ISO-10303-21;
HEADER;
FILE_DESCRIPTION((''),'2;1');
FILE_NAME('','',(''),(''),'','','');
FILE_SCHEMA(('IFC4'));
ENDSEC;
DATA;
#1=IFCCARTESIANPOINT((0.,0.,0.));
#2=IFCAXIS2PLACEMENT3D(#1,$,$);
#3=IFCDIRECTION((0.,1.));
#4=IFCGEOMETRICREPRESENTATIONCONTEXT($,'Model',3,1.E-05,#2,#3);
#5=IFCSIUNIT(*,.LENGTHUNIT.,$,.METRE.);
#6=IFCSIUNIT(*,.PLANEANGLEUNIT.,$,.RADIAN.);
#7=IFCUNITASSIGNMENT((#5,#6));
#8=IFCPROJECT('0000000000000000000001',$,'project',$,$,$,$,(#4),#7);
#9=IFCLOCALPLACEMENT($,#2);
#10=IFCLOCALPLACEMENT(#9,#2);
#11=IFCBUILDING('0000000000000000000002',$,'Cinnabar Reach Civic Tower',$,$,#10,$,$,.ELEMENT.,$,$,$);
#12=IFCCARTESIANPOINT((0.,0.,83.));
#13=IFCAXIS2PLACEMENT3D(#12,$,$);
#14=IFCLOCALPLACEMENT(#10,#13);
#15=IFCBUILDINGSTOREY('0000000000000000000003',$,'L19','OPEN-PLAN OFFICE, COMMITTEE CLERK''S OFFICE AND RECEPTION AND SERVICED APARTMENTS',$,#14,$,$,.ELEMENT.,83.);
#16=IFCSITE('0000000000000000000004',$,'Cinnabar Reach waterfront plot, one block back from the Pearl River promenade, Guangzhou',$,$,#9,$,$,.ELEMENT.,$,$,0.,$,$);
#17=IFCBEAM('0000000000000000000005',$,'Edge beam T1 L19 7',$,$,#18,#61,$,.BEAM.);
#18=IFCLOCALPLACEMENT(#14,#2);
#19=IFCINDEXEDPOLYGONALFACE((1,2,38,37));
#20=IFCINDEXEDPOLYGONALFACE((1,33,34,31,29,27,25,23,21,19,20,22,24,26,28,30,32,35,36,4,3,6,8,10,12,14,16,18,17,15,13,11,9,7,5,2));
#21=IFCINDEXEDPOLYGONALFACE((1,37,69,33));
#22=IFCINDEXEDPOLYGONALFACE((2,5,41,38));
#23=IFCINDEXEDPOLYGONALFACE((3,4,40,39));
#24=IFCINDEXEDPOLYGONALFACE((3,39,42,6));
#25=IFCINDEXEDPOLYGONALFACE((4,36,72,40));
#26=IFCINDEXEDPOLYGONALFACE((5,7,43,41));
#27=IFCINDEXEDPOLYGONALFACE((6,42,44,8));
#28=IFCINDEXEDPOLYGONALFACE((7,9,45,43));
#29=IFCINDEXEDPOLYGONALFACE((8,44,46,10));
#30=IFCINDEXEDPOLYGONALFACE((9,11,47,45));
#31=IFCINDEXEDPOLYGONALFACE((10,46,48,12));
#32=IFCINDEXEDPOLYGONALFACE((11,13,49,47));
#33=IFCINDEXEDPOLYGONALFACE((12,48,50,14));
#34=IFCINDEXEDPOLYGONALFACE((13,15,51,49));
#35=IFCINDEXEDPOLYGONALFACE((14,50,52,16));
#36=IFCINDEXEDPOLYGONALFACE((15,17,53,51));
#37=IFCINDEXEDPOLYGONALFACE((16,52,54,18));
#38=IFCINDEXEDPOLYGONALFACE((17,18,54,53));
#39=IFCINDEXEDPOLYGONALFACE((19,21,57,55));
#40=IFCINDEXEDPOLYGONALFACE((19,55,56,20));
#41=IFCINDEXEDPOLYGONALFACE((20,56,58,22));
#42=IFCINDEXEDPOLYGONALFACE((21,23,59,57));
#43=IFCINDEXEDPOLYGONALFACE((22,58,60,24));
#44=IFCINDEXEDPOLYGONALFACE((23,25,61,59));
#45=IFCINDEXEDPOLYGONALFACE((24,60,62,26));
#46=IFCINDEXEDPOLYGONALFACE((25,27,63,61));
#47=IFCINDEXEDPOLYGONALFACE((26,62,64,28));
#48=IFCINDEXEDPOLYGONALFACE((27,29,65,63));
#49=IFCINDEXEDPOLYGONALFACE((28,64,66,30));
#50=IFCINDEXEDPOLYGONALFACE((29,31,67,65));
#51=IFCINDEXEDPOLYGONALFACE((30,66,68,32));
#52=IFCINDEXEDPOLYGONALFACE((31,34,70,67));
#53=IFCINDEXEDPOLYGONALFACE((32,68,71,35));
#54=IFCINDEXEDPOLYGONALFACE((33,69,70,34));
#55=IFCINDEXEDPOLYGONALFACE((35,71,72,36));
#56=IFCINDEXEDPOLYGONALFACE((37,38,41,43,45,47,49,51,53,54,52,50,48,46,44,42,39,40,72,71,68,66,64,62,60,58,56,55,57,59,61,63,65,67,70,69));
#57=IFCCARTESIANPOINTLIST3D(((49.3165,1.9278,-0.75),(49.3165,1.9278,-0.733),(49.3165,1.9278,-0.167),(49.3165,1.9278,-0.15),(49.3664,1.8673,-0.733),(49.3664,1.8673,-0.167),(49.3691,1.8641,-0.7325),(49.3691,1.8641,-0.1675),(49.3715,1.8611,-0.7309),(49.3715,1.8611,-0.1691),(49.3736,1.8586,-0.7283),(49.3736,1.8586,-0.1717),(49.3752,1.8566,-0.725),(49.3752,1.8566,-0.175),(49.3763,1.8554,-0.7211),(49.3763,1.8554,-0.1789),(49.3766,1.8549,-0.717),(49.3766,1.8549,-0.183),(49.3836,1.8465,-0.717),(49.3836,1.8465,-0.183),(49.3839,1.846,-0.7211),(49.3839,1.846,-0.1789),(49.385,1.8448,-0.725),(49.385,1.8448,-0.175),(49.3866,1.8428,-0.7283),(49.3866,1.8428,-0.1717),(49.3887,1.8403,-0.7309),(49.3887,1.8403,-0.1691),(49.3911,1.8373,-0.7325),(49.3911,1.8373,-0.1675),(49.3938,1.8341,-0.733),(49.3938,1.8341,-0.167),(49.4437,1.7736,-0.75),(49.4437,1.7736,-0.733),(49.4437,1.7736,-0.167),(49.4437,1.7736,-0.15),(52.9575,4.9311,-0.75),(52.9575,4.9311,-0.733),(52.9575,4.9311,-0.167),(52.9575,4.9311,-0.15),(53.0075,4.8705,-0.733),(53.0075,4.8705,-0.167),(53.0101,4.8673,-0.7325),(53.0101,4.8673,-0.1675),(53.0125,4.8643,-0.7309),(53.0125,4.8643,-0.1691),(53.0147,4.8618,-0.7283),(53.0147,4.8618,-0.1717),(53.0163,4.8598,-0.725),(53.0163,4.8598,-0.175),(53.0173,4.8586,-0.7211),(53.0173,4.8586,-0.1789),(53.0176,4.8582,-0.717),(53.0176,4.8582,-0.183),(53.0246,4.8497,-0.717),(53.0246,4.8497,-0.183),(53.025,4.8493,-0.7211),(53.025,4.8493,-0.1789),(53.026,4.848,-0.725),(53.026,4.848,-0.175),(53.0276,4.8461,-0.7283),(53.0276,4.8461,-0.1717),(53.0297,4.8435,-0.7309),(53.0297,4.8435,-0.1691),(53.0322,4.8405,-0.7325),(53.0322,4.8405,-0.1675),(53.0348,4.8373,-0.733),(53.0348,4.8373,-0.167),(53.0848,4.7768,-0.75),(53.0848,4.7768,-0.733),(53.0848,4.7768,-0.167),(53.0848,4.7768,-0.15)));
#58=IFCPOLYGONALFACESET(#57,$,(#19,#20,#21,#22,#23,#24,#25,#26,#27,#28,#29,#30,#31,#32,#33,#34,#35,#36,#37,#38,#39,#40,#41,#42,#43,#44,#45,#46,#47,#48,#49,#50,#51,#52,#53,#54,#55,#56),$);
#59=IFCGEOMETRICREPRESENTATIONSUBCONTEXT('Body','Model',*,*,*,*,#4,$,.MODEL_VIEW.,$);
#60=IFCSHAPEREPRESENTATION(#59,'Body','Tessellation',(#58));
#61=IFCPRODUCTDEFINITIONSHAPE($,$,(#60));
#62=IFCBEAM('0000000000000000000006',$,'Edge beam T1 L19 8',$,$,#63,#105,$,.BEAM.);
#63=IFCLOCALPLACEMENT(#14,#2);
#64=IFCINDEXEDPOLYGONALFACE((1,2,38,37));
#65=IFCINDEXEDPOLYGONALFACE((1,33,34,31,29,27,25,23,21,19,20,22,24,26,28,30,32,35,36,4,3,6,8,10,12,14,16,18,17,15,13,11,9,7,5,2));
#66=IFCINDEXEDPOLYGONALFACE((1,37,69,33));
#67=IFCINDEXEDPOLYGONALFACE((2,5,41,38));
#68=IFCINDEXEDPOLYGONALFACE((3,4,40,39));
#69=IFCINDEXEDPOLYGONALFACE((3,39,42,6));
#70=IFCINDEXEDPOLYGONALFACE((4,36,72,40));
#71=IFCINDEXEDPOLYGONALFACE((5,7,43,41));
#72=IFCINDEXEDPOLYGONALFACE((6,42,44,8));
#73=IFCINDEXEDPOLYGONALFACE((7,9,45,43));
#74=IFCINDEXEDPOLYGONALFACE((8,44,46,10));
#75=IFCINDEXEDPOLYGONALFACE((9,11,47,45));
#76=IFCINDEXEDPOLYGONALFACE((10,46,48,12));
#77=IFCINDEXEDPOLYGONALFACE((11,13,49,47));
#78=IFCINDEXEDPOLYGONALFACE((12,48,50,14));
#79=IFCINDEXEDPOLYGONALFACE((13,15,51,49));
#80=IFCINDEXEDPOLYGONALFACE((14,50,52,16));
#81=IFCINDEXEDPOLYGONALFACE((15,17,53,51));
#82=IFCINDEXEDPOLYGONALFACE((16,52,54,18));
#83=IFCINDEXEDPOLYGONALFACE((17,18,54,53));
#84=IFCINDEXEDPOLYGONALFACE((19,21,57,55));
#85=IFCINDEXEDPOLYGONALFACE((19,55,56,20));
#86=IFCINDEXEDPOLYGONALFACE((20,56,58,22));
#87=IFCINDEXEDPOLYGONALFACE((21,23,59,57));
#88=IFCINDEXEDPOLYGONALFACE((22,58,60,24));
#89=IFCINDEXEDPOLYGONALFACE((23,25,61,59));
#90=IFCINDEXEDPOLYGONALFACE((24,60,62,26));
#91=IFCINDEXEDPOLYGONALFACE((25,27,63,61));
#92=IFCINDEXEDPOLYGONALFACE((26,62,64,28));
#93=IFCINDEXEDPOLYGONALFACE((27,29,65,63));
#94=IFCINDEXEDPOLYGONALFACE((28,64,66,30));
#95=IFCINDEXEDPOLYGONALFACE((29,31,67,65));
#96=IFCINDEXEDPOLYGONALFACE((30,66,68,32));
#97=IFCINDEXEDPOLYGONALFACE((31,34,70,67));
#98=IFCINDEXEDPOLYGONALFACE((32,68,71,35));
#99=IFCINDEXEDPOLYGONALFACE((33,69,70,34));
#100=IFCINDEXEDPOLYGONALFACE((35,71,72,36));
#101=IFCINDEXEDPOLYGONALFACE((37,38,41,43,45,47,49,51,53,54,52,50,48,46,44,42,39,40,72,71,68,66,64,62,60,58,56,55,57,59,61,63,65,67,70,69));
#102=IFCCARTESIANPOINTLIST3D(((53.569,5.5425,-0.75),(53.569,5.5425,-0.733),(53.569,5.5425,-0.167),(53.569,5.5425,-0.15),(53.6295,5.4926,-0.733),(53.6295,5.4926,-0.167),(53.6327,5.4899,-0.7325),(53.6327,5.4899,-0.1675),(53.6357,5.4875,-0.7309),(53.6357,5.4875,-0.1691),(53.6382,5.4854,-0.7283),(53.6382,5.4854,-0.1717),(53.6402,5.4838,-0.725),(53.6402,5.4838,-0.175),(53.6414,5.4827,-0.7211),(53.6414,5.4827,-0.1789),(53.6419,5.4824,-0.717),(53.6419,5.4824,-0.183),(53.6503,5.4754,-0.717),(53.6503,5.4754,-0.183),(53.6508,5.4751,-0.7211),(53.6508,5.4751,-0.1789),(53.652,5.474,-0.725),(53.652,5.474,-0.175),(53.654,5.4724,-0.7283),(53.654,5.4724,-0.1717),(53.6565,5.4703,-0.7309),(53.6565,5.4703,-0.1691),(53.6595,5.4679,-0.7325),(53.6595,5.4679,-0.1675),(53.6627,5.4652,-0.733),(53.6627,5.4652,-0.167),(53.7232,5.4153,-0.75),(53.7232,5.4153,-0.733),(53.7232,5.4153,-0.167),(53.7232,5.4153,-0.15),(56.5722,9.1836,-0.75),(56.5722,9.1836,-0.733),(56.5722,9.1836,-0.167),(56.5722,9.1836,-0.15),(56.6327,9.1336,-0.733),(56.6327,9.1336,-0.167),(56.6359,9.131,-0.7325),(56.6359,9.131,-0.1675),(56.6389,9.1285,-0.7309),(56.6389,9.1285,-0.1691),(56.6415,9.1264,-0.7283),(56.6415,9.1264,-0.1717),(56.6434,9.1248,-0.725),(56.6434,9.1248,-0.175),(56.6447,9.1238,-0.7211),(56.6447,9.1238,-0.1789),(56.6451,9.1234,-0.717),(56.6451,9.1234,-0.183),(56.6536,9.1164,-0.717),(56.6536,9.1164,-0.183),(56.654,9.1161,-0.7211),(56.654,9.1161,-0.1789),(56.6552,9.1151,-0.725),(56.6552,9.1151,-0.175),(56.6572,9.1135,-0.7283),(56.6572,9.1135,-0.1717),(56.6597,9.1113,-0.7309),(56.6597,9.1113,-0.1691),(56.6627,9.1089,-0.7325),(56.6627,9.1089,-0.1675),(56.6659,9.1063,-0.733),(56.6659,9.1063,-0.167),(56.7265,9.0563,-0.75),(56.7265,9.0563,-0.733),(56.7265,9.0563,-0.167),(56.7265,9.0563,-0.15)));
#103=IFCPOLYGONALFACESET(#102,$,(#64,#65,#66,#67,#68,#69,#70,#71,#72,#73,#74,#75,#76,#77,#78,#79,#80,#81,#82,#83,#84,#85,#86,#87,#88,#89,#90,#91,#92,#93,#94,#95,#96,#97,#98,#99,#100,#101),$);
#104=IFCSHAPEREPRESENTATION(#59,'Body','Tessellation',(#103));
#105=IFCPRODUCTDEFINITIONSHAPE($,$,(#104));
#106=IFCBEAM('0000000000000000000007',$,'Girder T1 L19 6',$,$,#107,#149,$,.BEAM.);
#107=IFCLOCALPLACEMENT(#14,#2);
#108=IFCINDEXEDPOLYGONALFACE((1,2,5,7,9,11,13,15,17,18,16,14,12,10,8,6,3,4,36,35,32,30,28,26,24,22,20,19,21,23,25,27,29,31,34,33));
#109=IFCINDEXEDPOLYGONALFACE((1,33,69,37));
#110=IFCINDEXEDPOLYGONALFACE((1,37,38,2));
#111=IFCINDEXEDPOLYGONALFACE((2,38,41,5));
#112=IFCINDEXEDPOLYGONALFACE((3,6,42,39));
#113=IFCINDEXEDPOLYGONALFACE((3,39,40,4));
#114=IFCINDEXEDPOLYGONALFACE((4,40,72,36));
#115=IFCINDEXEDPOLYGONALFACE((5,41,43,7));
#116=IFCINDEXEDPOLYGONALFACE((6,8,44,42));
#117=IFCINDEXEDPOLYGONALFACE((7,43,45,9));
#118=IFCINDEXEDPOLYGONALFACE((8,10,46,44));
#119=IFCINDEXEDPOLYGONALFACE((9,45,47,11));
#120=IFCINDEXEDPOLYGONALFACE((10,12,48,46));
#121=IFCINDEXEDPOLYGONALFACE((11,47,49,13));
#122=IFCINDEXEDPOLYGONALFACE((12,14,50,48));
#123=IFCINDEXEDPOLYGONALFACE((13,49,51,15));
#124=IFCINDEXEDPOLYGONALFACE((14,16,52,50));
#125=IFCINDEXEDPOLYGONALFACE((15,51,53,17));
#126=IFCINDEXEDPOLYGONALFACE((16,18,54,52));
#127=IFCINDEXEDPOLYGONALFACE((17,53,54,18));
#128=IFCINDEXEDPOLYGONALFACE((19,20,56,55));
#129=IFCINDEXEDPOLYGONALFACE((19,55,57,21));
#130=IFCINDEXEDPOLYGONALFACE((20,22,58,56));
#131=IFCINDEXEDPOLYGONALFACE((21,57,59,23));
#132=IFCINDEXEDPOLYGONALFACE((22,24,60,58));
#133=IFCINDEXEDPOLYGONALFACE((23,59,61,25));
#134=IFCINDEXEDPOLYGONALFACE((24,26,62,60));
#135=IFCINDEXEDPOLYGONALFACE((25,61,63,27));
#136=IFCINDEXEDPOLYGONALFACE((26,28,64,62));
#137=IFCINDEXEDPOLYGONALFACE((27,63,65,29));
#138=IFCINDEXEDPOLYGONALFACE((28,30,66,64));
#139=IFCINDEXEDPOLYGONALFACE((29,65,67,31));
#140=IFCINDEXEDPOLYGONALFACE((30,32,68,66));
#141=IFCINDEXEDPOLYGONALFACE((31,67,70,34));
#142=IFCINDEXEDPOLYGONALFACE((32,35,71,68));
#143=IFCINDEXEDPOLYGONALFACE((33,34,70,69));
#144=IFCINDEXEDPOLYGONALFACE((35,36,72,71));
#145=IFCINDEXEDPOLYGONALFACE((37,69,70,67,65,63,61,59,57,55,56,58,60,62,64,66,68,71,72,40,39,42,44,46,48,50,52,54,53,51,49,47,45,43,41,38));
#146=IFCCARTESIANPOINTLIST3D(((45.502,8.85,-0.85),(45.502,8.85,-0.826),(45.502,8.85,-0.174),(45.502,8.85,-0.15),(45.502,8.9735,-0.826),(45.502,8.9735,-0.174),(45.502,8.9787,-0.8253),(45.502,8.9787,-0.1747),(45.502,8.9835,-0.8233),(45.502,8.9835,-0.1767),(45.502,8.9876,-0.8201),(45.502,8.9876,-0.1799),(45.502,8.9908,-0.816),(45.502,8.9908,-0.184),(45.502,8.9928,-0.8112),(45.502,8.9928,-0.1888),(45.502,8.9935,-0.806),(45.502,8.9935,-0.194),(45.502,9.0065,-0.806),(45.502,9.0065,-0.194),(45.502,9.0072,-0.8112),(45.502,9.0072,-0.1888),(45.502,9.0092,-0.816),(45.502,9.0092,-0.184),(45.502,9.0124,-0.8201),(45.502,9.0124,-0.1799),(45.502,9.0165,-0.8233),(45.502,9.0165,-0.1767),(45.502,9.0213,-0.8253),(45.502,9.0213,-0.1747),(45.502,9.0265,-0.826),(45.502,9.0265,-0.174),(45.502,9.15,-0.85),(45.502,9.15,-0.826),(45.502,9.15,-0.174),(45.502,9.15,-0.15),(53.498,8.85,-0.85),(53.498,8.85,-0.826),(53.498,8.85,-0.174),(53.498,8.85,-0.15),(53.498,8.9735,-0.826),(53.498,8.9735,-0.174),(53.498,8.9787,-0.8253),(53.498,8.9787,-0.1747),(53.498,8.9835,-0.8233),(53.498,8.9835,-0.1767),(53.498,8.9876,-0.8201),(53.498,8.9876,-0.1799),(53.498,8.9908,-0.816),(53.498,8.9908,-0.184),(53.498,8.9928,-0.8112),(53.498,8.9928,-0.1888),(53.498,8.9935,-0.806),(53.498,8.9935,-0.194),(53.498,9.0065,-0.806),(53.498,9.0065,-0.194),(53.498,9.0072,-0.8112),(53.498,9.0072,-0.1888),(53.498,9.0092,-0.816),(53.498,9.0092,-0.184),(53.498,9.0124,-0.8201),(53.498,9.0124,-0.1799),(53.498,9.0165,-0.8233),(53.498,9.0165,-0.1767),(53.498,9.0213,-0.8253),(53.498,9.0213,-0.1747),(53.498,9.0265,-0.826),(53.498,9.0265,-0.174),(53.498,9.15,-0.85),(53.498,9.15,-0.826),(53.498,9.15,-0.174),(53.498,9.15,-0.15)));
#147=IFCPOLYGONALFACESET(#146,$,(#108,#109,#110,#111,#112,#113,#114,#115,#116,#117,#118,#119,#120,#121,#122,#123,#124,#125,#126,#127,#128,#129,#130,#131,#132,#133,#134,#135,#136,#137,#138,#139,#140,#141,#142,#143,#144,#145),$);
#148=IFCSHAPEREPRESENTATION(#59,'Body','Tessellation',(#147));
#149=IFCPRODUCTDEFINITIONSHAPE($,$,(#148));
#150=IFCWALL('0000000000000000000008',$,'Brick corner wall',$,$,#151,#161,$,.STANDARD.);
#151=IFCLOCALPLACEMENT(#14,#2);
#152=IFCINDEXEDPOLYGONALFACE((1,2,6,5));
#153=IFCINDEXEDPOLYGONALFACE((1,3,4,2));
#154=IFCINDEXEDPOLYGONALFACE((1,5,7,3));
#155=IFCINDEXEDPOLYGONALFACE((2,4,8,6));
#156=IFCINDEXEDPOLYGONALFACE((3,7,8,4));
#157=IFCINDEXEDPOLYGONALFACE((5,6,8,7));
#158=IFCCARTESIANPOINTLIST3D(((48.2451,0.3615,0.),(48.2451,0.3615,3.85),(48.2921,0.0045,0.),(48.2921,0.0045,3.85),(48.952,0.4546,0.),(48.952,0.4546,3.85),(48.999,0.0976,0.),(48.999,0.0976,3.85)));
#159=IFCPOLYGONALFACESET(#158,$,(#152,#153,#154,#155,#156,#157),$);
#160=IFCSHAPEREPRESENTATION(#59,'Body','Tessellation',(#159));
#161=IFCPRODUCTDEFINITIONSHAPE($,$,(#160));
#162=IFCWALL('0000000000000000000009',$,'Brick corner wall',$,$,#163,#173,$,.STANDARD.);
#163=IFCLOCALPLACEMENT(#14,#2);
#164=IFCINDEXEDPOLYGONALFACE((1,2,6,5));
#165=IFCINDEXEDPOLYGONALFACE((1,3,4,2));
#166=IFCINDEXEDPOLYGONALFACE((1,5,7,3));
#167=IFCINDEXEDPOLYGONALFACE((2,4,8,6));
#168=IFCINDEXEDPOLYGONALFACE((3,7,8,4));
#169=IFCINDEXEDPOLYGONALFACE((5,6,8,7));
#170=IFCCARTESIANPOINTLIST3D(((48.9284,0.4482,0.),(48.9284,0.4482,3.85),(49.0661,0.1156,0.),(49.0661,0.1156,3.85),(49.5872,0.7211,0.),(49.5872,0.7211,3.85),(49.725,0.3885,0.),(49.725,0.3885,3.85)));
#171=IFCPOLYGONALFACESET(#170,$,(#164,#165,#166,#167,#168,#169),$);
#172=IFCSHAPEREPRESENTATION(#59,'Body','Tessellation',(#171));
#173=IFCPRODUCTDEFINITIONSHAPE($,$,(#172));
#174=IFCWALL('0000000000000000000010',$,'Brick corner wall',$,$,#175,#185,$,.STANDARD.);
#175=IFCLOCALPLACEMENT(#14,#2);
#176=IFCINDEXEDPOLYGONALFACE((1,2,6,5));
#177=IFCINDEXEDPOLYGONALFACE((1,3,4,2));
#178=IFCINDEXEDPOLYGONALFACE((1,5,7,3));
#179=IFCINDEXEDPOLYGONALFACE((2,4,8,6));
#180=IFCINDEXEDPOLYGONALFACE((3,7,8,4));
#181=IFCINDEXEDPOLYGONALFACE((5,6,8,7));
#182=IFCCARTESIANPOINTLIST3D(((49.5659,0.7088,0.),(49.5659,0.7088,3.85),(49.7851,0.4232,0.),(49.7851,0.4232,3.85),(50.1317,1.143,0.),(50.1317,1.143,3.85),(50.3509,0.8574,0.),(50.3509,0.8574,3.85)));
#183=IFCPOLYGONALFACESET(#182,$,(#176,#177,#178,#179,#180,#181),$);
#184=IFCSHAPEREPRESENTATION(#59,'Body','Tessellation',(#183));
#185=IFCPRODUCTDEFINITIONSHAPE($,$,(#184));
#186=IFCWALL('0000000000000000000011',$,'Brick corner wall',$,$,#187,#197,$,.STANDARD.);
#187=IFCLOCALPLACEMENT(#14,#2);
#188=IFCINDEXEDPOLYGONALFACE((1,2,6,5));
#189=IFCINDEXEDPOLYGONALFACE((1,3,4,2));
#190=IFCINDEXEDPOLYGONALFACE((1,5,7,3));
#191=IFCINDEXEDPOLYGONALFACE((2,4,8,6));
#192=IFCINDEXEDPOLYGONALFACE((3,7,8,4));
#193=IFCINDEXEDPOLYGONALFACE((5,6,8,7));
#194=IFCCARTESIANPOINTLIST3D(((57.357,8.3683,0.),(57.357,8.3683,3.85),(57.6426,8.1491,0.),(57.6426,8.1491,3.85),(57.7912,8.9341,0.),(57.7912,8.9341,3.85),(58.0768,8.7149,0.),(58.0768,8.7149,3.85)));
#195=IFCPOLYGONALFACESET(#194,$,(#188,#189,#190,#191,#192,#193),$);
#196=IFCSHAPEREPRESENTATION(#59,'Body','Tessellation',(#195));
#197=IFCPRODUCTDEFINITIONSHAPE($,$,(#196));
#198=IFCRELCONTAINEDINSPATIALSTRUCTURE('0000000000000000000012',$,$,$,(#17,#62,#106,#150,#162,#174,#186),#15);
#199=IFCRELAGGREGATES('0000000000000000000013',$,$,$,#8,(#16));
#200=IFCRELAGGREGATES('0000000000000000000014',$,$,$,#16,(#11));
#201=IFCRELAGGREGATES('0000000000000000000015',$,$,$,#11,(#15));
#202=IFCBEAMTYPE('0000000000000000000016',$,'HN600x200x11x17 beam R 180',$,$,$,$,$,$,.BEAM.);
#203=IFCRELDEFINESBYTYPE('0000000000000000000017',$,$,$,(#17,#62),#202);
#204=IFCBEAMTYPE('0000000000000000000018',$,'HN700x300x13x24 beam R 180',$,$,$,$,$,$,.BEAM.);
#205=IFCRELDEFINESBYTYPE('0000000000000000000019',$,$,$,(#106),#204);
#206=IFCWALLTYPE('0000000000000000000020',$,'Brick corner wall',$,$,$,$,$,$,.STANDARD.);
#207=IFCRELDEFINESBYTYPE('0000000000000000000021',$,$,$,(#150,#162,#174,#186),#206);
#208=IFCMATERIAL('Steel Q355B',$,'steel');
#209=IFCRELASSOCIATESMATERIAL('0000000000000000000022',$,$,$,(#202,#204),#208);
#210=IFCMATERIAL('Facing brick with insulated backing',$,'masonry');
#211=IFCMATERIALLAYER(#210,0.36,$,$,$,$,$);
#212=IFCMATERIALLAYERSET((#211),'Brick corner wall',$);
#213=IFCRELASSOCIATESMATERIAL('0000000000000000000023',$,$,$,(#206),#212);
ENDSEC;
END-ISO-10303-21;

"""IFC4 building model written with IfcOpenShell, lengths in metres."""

from ifc_helpers import new_model, si_unit, direction, frame, frame_2d, origin, origin_2d, place, context, subcontext, project, spatial, rectangle, i_section, extrude, material, layer, layer_set, material_profile, profile_set, type_object, element, save


model = new_model("IFC4")

# Units and contexts
model_context = context("Model", 3, precision=1e-05, world=origin(), true_north=direction((0.0, 1.0)))
body_context = subcontext(model_context, "Body", "Model", "MODEL_VIEW")
ifc_project = project(units=[si_unit("LENGTHUNIT", "METRE"), si_unit("PLANEANGLEUNIT", "RADIAN")], contexts=[model_context])

# Site, building, storey
site_placement = place(None, origin())
site = spatial("IfcSite", under=ifc_project, at=site_placement, Name="Cinnabar Reach waterfront plot, one block back from the Pearl River promenade, Guangzhou", CompositionType="ELEMENT", RefElevation=0.0)
building_placement = place(site_placement, origin())
building = spatial("IfcBuilding", under=site, at=building_placement, Name="Cinnabar Reach Civic Tower", CompositionType="ELEMENT")
storey_placement = place(building_placement, frame((0.0, 0.0, 83.0)))
storey = spatial("IfcBuildingStorey", under=building, at=storey_placement, Name="L19", Description="OPEN-PLAN OFFICE, COMMITTEE CLERK'S OFFICE AND RECEPTION AND SERVICED APARTMENTS", CompositionType="ELEMENT", Elevation=83.0)

# Beams
ifc_material_1 = material(Name="Steel Q355B", Category="steel")
ifc_material_profile_1 = material_profile(ifc_material_1, i_section(OverallWidth=0.2, OverallDepth=0.6, WebThickness=0.011, FlangeThickness=0.017, FilletRadius=0.016, at=origin_2d()), Name="HN600x200x11x17")
ifc_profile_set_1 = profile_set([ifc_material_profile_1], Name="Steel Q355B")
beam_type_1 = type_object("IfcBeamType", Name="HN600x200x11x17 beam R 180", PredefinedType="BEAM", material=ifc_profile_set_1)
for number, where, z_axis, x_axis, name in (
    (1, (49.3801, 1.8507, -0.45), (0.771438, 0.636304, 0.0), (-0.636304, 0.771438, 0.0), "Edge beam T1 L19 7"),
    (2, (53.6461, 5.4789, -0.45), (0.636304, 0.771438, 0.0), (-0.771438, 0.636304, 0.0), "Edge beam T1 L19 8"),
):
    element("IfcBeam", number, at=place(storey_placement, frame(where, z_axis=z_axis, x_axis=x_axis)), inside=storey, type_object=beam_type_1, Name=name, PredefinedType="BEAM", context=body_context, shape_type="SweptSolid", body=[
        extrude(i_section(OverallWidth=0.2, OverallDepth=0.6, WebThickness=0.011, FlangeThickness=0.017, FilletRadius=0.016, at=origin_2d()), origin(), (0.0, 0.0, 1.0), 4.7198),
    ])
ifc_material_profile_2 = material_profile(ifc_material_1, i_section(OverallWidth=0.3, OverallDepth=0.7, WebThickness=0.013, FlangeThickness=0.024, FilletRadius=0.02, at=origin_2d()), Name="HN700x300x13x24")
ifc_profile_set_2 = profile_set([ifc_material_profile_2], Name="Steel Q355B")
beam_type_2 = type_object("IfcBeamType", Name="HN700x300x13x24 beam R 180", PredefinedType="BEAM", material=ifc_profile_set_2)
beam_1_placement = place(storey_placement, frame((45.502, 9.0, -0.5), z_axis=(1.0, 0.0, 0.0), x_axis=(0.0, 1.0, 0.0)))
element("IfcBeam", 3, at=beam_1_placement, inside=storey, type_object=beam_type_2, Name="Girder T1 L19 6", PredefinedType="BEAM", context=body_context, shape_type="SweptSolid", body=[
    extrude(i_section(OverallWidth=0.3, OverallDepth=0.7, WebThickness=0.013, FlangeThickness=0.024, FilletRadius=0.02, at=origin_2d()), origin(), (0.0, 0.0, 1.0), 7.996),
])

# Walls
ifc_material_2 = material(Name="Facing brick with insulated backing", Category="masonry")
ifc_layer_1 = layer(ifc_material_2, 0.36)
ifc_layer_set_1 = layer_set([ifc_layer_1], Name="Brick corner wall")
wall_type_1 = type_object("IfcWallType", Name="Brick corner wall", PredefinedType="STANDARD", material=ifc_layer_set_1)
for number, where, z_axis, x_axis, name in (
    (4, (48.2686, 0.183, 0.0), (0.0, 0.0, 1.0), (0.991441, 0.130556, 0.0), "Brick corner wall"),
    (5, (48.9973, 0.2819, 0.0), (0.0, 0.0, 1.0), (0.923872, 0.382703, 0.0), "Brick corner wall"),
):
    element("IfcWall", number, at=place(storey_placement, frame(where, z_axis=z_axis, x_axis=x_axis)), inside=storey, type_object=wall_type_1, Name=name, PredefinedType="STANDARD", context=body_context, shape_type="SweptSolid", body=[
        extrude(rectangle(XDim=0.7131, YDim=0.36, at=frame_2d((0.3565, 0.0))), origin(), (0.0, 0.0, 1.0), 3.85),
    ])
for number, where, z_axis, x_axis, name in (
    (6, (49.6755, 0.566, 0.0), (0.0, 0.0, 1.0), (0.793322, 0.608802, 0.0), "Brick corner wall"),
    (7, (57.4998, 8.2587, 0.0), (0.0, 0.0, 1.0), (0.608802, 0.793322, 0.0), "Brick corner wall"),
):
    element("IfcWall", number, at=place(storey_placement, frame(where, z_axis=z_axis, x_axis=x_axis)), inside=storey, type_object=wall_type_1, Name=name, PredefinedType="STANDARD", context=body_context, shape_type="SweptSolid", body=[
        extrude(rectangle(XDim=0.7132, YDim=0.36, at=frame_2d((0.3566, 0.0))), origin(), (0.0, 0.0, 1.0), 3.85),
    ])

save(model, "model.ifc")
